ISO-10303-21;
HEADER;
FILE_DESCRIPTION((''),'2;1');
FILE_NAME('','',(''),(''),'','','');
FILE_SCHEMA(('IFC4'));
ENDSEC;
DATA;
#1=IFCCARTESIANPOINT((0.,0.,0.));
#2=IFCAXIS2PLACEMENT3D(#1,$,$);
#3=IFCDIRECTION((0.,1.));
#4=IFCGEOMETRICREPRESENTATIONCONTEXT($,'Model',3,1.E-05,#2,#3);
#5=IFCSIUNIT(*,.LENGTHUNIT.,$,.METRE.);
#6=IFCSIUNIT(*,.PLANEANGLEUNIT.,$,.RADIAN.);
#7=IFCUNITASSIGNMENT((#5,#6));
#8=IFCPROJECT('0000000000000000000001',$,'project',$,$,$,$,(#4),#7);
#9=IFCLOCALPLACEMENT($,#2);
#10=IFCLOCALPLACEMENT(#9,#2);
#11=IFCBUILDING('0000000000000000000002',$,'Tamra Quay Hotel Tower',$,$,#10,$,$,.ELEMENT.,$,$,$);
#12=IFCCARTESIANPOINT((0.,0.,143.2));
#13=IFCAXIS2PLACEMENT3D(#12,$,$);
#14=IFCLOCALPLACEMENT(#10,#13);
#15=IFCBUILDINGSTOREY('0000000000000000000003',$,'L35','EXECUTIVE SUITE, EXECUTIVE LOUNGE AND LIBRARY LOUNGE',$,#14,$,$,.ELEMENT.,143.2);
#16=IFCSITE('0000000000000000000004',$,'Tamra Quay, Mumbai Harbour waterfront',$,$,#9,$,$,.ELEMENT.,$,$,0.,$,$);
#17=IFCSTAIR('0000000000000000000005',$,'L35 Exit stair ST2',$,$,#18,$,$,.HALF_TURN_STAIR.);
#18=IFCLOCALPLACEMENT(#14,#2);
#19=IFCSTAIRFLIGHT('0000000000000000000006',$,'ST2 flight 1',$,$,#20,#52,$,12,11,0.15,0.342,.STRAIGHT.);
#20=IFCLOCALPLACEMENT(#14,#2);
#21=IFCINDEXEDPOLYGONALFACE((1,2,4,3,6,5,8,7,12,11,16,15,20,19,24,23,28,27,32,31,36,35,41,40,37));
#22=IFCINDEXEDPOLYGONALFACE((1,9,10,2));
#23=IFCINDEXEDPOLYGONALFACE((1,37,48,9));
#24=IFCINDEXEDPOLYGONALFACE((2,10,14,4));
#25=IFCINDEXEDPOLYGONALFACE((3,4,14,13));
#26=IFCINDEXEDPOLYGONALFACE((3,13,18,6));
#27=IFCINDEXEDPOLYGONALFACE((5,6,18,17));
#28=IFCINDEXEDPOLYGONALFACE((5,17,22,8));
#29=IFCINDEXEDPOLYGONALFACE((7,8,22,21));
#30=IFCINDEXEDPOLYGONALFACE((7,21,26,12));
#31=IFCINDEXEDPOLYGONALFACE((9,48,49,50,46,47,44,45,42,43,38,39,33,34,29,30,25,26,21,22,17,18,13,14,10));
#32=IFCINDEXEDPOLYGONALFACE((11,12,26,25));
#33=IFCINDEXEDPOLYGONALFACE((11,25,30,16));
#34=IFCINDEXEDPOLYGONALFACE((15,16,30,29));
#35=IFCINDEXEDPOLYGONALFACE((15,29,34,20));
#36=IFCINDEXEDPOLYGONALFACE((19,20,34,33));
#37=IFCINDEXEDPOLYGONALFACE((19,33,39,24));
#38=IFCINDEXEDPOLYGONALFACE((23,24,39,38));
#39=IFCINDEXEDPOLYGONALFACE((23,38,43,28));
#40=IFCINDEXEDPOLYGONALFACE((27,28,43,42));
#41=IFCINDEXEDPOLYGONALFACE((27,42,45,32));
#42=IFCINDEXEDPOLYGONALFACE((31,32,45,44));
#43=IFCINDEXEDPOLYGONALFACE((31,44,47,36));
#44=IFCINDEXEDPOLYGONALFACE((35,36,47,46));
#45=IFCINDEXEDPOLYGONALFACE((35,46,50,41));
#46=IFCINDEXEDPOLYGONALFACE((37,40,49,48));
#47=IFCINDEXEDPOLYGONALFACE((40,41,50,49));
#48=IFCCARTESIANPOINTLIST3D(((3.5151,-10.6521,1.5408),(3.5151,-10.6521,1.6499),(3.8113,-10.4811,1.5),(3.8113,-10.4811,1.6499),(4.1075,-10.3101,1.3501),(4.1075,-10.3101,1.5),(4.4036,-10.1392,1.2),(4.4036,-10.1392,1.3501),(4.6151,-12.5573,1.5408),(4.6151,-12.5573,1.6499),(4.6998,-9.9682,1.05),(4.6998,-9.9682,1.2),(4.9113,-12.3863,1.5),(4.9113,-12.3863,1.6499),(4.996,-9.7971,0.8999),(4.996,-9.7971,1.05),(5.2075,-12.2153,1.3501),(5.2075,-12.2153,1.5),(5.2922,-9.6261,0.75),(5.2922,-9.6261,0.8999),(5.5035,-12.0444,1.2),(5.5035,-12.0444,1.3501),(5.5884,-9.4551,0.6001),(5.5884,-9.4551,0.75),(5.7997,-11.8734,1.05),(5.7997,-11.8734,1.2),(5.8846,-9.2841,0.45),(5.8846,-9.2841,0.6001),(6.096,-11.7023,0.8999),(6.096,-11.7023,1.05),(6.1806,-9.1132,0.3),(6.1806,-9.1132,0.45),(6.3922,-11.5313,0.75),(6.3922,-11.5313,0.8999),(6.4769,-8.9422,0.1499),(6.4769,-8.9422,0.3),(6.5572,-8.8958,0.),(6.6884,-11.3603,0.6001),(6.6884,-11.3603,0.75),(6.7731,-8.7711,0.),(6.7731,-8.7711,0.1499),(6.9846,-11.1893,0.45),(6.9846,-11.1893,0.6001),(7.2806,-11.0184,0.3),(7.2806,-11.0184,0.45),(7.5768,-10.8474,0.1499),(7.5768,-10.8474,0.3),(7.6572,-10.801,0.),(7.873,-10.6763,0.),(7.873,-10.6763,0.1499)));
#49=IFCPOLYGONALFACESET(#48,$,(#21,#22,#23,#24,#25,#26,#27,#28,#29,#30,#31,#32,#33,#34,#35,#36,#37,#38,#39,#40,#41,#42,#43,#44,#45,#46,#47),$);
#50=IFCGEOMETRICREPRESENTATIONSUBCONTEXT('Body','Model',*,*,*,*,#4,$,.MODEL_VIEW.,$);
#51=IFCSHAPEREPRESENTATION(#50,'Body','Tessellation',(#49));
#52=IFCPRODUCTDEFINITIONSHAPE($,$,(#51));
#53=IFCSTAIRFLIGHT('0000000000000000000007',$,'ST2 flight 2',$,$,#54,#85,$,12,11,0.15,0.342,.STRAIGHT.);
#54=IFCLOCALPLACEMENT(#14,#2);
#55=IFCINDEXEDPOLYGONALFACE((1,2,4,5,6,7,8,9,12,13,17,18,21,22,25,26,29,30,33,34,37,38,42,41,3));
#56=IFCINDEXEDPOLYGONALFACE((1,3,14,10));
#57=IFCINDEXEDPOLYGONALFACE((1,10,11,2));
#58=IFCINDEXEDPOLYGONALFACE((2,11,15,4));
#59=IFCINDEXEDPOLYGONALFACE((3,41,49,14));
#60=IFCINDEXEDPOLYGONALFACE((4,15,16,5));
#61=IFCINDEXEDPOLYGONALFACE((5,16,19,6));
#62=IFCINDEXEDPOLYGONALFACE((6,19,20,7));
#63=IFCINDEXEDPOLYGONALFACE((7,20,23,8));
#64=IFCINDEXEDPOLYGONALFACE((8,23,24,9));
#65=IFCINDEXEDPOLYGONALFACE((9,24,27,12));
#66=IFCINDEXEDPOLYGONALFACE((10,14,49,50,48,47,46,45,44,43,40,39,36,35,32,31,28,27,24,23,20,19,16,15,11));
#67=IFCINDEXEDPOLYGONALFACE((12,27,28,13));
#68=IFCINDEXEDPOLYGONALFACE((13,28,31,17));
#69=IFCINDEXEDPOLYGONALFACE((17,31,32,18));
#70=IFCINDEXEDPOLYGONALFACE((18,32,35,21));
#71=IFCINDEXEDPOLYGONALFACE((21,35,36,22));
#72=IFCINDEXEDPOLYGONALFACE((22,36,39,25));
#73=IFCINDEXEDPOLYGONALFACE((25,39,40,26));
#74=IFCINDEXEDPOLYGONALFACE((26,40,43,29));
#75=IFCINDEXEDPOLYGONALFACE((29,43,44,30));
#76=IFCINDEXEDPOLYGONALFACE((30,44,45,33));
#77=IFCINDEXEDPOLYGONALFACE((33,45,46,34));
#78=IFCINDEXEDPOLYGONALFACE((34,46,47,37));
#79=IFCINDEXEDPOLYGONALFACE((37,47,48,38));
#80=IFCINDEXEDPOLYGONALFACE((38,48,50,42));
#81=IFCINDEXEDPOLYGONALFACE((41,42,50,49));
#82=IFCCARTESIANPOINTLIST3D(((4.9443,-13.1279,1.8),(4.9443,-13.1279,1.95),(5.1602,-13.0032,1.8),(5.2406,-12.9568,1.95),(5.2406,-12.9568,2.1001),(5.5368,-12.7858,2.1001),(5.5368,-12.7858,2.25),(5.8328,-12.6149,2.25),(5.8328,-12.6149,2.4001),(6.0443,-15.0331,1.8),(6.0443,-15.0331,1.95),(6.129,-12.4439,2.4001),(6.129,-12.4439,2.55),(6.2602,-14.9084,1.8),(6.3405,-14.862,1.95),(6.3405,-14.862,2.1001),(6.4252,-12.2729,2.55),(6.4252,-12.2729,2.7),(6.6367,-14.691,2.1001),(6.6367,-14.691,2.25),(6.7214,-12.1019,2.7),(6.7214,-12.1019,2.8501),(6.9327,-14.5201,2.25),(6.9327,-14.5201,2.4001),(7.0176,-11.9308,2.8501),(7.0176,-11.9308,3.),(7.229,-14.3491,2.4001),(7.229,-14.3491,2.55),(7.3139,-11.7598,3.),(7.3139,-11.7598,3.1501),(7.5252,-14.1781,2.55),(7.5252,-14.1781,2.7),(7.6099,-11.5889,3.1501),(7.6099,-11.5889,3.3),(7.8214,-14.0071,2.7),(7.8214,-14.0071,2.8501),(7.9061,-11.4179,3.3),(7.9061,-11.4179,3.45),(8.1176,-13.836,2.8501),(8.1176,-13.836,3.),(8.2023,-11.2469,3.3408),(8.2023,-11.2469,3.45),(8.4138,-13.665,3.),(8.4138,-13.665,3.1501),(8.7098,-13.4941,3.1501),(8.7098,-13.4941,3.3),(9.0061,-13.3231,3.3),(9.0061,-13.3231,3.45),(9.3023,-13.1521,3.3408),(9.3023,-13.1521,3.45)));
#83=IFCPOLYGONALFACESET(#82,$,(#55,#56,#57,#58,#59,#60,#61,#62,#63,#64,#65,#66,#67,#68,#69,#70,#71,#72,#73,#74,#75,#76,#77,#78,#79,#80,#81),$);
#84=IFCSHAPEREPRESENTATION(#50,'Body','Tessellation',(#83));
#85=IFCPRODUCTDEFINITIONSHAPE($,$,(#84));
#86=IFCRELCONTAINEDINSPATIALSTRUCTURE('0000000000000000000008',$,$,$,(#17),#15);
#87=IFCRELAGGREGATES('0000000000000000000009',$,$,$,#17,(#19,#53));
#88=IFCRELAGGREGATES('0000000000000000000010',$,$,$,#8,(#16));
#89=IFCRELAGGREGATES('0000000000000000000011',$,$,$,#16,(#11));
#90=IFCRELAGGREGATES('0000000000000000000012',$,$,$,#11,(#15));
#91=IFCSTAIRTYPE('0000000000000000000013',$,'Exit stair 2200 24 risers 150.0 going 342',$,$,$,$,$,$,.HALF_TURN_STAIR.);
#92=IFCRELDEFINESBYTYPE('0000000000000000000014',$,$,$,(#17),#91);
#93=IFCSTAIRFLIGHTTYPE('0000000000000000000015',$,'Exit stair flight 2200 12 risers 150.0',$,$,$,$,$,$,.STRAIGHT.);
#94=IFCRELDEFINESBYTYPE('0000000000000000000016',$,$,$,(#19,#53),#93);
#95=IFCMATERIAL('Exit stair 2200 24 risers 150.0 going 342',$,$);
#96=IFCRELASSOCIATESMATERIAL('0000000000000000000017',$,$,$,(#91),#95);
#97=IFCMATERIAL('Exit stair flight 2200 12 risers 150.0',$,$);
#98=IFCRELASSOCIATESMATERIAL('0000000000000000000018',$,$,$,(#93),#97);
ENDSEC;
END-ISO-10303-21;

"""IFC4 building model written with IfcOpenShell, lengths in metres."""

from ifc_helpers import new_model, si_unit, direction, frame, origin, place, context, subcontext, project, spatial, polyline, outline, extrude, material, type_object, element, aggregate, save


model = new_model("IFC4")

# Units and contexts
model_context = context("Model", 3, precision=1e-05, world=origin(), true_north=direction((0.0, 1.0)))
body_context = subcontext(model_context, "Body", "Model", "MODEL_VIEW")
ifc_project = project(units=[si_unit("LENGTHUNIT", "METRE"), si_unit("PLANEANGLEUNIT", "RADIAN")], contexts=[model_context])

# Site, building, storey
site_placement = place(None, origin())
site = spatial("IfcSite", under=ifc_project, at=site_placement, Name="Tamra Quay, Mumbai Harbour waterfront", CompositionType="ELEMENT", RefElevation=0.0)
building_placement = place(site_placement, origin())
building = spatial("IfcBuilding", under=site, at=building_placement, Name="Tamra Quay Hotel Tower", CompositionType="ELEMENT")
storey_placement = place(building_placement, frame((0.0, 0.0, 143.2)))
storey = spatial("IfcBuildingStorey", under=building, at=storey_placement, Name="L35", Description="EXECUTIVE SUITE, EXECUTIVE LOUNGE AND LIBRARY LOUNGE", CompositionType="ELEMENT", Elevation=143.2)

# Stair, stair flights
ifc_material_1 = material(Name="Exit stair 2200 24 risers 150.0 going 342")
stair_type = type_object("IfcStairType", Name="Exit stair 2200 24 risers 150.0 going 342", PredefinedType="HALF_TURN_STAIR", material=ifc_material_1)
stair_placement = place(storey_placement, origin())
stair = element("IfcStair", 1, at=stair_placement, inside=storey, type_object=stair_type, Name="L35 Exit stair ST2", PredefinedType="HALF_TURN_STAIR")
ifc_material_2 = material(Name="Exit stair flight 2200 12 risers 150.0")
stair_flight_type = type_object("IfcStairFlightType", Name="Exit stair flight 2200 12 risers 150.0", PredefinedType="STRAIGHT", material=ifc_material_2)
stair_flight_1_placement = place(storey_placement, frame((7.323, -9.7236, 0.0), z_axis=(0.0, 0.0, 1.0), x_axis=(-0.866025, -0.5, 0.0)))
stair_flight_1 = element("IfcStairFlight", 2, at=stair_flight_1_placement, type_object=stair_flight_type, Name="ST2 flight 1", NumberOfRisers=12, NumberOfTreads=11, PredefinedType="STRAIGHT", RiserHeight=0.15, TreadLength=0.342, context=body_context, shape_type="SweptSolid", body=[
    extrude(outline(polyline([(0.0, 0.0), (0.0, 0.1499), (0.342, 0.1499), (0.342, 0.3), (0.6841, 0.3), (0.6841, 0.45), (1.0259, 0.45), (1.0259, 0.6001), (1.3679, 0.6001), (1.3679, 0.75), (1.71, 0.75), (1.71, 0.8999), (2.052, 0.8999), (2.052, 1.05), (2.394, 1.05), (2.394, 1.2), (2.7361, 1.2), (2.7361, 1.3501), (3.0779, 1.3501), (3.0779, 1.5), (3.4199, 1.5), (3.4199, 1.6499), (3.762, 1.6499), (3.762, 1.8), (3.762, 1.5408), (0.2493, 0.0), (0.0, 0.0)])), frame((0.0, 1.1001, 0.0), z_axis=(0.0, -1.0, 0.0), x_axis=(1.0, 0.0, 0.0)), (0.0, 0.0, 1.0), 2.2),
])
stair_flight_2_placement = place(storey_placement, frame((5.4944, -14.0806, 1.8), z_axis=(0.0, 0.0, 1.0), x_axis=(0.866025, 0.5, 0.0)))
stair_flight_2 = element("IfcStairFlight", 3, at=stair_flight_2_placement, type_object=stair_flight_type, Name="ST2 flight 2", NumberOfRisers=12, NumberOfTreads=11, PredefinedType="STRAIGHT", RiserHeight=0.15, TreadLength=0.342, context=body_context, shape_type="SweptSolid", body=[
    extrude(outline(polyline([(0.0, 0.0), (0.0, 0.1499), (0.342, 0.1499), (0.342, 0.3), (0.6841, 0.3), (0.6841, 0.45), (1.0259, 0.45), (1.0259, 0.6001), (1.3679, 0.6001), (1.3679, 0.75), (1.71, 0.75), (1.71, 0.8999), (2.052, 0.8999), (2.052, 1.05), (2.394, 1.05), (2.394, 1.2), (2.7361, 1.2), (2.7361, 1.3501), (3.0779, 1.3501), (3.0779, 1.5), (3.4199, 1.5), (3.4199, 1.6499), (3.762, 1.6499), (3.762, 1.8), (3.762, 1.5408), (0.2493, 0.0), (0.0, 0.0)])), frame((0.0, 1.1001, 0.0), z_axis=(0.0, -1.0, 0.0), x_axis=(1.0, 0.0, 0.0)), (0.0, 0.0, 1.0), 2.2),
])
aggregate(stair, [stair_flight_1, stair_flight_2])

save(model, "model.ifc")
